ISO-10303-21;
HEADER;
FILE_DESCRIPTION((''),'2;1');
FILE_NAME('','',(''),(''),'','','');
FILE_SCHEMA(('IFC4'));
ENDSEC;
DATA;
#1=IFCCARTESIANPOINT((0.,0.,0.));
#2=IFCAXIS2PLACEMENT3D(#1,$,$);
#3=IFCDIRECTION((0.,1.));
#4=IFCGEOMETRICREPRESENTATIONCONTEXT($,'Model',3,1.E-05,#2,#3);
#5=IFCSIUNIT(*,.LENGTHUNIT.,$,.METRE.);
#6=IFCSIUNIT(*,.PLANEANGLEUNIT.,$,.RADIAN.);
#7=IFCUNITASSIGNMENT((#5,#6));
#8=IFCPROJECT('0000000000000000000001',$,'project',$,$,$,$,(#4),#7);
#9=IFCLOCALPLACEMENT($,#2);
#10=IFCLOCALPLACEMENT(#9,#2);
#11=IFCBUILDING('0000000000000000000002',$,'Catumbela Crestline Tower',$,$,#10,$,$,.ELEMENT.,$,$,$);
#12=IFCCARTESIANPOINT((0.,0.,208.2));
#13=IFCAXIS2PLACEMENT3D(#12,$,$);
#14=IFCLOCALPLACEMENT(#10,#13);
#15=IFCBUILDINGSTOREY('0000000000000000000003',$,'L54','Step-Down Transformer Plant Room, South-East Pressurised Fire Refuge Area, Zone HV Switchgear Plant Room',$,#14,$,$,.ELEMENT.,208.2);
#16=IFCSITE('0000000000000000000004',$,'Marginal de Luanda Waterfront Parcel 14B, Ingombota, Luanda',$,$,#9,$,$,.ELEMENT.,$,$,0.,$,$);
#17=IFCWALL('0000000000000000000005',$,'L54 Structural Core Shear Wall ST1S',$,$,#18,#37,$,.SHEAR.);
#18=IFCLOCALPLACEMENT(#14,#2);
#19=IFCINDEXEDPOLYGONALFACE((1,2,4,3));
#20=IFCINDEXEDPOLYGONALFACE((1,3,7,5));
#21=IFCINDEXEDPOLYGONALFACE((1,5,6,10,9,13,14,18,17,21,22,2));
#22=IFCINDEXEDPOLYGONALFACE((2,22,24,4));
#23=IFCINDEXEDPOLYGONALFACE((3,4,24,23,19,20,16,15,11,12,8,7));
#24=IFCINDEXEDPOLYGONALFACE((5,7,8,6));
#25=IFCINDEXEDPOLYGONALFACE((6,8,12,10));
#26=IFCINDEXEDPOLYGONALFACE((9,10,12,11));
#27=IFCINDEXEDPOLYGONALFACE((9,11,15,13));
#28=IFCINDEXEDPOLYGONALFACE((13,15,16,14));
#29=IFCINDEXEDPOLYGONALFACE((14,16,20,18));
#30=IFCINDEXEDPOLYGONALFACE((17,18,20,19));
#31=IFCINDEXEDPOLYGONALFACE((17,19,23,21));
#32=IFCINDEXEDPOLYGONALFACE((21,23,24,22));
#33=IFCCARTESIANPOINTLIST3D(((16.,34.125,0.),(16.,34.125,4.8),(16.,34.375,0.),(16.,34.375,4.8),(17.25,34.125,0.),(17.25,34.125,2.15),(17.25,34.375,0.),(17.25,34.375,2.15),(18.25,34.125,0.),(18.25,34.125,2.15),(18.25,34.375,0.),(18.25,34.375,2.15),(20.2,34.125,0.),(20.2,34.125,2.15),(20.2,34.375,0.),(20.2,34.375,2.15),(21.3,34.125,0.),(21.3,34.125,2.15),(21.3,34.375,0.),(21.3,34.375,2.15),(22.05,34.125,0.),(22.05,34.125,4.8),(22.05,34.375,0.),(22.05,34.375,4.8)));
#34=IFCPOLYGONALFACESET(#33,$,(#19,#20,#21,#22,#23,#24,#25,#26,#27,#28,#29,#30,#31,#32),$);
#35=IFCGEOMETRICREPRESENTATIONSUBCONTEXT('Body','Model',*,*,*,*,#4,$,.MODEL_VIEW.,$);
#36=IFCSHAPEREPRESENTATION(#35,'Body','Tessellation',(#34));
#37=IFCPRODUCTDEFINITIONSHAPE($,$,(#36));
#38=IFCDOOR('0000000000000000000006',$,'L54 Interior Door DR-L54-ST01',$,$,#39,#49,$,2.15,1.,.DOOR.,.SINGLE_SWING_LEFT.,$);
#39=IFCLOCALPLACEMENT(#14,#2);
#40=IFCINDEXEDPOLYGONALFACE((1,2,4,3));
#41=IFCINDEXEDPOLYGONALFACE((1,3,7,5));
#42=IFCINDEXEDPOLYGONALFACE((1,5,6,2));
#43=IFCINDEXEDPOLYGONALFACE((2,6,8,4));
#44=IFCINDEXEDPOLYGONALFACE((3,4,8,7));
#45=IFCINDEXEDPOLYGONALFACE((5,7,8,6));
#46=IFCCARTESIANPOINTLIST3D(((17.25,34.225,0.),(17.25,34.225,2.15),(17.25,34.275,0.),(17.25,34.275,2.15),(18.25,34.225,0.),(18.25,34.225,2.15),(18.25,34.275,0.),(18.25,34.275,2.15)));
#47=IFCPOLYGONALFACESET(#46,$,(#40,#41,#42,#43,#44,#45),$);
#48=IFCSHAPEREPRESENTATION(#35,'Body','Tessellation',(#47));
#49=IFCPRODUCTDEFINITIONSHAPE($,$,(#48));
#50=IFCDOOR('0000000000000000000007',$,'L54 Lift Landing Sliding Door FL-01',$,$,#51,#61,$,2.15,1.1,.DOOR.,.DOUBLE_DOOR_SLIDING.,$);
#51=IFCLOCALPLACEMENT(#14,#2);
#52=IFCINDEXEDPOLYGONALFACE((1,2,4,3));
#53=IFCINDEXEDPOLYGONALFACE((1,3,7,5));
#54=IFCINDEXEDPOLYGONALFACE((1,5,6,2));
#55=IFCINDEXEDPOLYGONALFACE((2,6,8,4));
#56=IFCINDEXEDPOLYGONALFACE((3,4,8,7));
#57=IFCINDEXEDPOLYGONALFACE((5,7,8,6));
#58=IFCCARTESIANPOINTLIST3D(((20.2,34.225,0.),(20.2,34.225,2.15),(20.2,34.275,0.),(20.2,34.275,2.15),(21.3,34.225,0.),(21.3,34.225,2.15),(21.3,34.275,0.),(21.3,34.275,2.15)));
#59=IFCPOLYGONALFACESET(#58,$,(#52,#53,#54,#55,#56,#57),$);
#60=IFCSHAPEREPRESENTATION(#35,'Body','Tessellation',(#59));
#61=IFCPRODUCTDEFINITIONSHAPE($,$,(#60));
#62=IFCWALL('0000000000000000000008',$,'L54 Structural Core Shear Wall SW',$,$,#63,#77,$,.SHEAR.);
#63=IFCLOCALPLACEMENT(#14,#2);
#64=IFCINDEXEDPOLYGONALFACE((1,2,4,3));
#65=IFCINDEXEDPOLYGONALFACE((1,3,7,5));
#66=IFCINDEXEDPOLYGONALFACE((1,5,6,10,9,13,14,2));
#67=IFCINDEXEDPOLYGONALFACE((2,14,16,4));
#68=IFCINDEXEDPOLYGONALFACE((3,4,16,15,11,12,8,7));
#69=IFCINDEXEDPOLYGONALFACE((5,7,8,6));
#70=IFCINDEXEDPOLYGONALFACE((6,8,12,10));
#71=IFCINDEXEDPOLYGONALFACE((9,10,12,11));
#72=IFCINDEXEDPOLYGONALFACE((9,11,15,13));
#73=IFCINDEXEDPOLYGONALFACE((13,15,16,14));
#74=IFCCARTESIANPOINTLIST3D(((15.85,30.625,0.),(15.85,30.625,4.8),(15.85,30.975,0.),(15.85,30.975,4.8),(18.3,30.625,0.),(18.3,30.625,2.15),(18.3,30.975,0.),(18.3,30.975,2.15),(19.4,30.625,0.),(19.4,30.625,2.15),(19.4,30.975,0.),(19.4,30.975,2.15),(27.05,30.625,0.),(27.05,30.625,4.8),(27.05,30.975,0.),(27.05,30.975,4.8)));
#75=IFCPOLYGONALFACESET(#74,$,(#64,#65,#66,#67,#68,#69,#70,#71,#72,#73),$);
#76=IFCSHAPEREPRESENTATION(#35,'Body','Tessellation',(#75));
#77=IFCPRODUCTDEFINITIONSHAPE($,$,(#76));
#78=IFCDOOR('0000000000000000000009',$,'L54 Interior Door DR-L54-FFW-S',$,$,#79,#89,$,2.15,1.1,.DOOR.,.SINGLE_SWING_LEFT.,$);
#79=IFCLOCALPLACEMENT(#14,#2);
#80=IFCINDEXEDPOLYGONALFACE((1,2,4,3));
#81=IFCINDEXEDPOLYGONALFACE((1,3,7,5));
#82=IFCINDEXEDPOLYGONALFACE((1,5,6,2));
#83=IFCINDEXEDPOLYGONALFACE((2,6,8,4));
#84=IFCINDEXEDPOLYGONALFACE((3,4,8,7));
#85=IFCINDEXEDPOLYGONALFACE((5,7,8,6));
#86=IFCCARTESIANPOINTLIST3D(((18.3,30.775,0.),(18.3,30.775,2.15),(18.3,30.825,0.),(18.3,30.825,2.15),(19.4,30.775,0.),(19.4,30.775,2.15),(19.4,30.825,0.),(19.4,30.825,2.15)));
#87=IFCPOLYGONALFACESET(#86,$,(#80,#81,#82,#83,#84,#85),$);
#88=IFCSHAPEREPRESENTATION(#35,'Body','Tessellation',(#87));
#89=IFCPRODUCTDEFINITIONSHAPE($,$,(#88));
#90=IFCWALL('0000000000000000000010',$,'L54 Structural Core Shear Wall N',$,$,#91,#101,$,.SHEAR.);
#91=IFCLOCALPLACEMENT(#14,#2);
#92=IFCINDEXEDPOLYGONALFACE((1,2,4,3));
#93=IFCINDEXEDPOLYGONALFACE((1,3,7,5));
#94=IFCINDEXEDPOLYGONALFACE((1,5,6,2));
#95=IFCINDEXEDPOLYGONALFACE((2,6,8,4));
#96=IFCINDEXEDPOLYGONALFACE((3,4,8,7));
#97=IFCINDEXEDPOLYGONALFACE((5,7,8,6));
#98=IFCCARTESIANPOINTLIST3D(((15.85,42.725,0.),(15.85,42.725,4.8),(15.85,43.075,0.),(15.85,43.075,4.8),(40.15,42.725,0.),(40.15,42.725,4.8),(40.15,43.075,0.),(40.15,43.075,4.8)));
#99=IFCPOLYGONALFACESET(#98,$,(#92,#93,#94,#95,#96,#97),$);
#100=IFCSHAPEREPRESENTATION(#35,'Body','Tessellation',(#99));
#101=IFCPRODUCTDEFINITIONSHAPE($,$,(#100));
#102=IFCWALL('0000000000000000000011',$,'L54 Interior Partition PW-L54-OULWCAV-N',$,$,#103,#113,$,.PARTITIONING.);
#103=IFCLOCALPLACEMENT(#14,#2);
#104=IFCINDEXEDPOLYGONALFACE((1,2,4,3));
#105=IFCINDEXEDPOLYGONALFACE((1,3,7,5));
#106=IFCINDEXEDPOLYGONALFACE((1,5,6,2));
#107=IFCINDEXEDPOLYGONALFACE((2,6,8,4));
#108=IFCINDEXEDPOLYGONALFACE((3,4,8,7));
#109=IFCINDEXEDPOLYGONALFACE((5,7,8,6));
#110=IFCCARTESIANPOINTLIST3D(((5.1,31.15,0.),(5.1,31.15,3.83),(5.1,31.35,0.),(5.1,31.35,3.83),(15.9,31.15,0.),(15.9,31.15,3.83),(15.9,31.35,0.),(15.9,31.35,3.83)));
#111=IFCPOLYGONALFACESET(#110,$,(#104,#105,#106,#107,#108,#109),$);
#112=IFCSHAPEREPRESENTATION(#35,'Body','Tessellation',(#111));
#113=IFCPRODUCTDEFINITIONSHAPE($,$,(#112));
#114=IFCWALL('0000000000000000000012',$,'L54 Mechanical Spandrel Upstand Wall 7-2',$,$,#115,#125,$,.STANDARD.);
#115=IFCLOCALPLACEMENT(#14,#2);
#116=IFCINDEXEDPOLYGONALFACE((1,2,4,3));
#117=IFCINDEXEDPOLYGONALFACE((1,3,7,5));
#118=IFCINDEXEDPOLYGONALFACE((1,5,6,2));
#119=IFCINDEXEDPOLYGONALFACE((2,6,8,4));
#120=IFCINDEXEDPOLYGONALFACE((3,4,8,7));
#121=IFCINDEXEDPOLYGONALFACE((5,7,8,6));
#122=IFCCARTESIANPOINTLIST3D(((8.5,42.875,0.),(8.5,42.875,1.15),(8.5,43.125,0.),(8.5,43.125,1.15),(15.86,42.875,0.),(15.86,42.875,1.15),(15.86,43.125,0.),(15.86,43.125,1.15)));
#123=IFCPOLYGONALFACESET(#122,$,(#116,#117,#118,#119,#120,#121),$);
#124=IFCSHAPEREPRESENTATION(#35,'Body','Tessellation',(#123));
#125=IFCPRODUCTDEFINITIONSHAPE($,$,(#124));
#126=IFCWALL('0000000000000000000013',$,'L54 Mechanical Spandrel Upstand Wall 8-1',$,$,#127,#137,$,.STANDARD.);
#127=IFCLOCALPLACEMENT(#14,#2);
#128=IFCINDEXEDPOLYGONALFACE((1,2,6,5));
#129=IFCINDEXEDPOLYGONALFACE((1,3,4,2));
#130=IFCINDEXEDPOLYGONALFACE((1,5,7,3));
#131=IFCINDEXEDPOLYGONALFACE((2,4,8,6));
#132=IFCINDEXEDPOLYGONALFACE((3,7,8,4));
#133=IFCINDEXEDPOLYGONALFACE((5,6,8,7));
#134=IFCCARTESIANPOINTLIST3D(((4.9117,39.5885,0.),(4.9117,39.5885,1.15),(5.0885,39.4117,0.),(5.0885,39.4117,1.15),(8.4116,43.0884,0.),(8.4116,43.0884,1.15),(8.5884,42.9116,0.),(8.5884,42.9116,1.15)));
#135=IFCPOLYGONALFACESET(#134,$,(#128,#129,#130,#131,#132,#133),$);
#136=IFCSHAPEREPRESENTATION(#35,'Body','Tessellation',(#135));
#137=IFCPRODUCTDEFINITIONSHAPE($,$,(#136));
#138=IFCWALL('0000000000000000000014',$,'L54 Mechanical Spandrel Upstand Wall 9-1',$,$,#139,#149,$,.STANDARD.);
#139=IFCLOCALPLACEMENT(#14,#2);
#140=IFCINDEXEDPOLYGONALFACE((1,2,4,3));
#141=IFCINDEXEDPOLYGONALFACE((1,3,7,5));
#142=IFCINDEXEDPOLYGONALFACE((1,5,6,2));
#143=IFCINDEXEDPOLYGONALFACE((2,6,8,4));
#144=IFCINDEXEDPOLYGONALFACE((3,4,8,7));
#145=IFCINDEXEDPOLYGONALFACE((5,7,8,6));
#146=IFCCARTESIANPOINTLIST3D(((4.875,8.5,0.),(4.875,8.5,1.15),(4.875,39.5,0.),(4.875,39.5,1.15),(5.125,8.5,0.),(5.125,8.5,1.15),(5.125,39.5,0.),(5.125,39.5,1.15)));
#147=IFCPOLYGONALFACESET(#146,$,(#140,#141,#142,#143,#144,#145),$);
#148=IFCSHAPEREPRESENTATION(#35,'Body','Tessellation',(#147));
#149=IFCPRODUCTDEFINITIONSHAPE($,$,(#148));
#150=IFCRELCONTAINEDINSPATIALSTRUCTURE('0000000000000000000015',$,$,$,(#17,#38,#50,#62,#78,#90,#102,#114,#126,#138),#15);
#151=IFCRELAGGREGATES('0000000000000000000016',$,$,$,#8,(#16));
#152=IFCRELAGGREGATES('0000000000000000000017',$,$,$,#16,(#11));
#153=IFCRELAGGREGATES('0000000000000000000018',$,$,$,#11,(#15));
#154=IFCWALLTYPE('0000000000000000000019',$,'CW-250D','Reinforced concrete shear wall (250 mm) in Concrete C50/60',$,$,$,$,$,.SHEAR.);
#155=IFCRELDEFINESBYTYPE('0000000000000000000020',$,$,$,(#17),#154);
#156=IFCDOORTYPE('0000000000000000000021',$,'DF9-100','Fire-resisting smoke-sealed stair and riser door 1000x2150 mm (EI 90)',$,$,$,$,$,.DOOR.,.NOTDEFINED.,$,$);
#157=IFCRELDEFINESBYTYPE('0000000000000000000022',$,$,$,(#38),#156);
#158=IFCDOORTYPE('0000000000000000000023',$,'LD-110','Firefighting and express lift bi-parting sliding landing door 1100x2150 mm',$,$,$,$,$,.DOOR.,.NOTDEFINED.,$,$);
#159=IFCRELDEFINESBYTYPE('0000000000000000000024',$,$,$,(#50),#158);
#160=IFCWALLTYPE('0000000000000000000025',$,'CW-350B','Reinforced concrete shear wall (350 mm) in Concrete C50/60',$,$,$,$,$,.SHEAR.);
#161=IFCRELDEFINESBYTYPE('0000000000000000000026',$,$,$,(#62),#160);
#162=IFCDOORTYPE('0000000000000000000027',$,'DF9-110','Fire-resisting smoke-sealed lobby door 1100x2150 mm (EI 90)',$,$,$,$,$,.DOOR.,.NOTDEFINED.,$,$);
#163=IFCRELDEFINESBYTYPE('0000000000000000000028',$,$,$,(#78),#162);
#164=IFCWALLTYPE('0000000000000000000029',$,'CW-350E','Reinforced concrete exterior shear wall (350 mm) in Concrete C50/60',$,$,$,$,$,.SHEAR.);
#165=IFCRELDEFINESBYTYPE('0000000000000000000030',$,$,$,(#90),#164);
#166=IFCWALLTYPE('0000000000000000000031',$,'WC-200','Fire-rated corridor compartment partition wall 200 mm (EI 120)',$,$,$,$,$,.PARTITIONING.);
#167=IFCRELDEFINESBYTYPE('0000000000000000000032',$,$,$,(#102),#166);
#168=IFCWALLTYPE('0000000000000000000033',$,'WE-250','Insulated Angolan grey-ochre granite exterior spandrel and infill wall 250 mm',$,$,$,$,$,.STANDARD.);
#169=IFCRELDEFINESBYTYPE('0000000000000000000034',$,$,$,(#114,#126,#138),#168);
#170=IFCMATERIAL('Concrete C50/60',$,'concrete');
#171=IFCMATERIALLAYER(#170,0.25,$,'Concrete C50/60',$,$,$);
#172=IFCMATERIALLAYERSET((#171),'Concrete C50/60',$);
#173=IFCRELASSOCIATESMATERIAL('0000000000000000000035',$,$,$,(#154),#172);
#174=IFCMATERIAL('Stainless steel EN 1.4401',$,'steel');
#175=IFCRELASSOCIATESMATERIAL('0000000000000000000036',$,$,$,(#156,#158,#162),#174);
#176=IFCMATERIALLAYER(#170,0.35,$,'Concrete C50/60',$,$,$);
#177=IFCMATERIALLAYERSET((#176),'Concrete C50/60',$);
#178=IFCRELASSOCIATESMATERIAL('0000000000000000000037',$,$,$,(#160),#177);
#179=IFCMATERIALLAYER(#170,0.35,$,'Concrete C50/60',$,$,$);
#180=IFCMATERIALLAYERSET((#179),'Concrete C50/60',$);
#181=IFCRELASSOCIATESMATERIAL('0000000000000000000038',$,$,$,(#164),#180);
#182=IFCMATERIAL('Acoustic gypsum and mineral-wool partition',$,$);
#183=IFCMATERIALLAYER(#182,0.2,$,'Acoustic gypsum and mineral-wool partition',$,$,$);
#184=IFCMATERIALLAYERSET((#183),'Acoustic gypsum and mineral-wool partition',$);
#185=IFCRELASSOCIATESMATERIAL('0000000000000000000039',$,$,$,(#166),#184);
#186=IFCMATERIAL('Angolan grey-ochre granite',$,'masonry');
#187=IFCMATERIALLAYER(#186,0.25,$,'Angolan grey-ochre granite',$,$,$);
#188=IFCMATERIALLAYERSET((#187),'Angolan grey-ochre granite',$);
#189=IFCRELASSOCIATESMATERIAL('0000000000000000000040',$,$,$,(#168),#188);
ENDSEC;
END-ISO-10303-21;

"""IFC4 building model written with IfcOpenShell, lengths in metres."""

from ifc_helpers import new_model, si_unit, direction, frame, frame_2d, origin, place, context, subcontext, project, spatial, rectangle, extrude, material, layer, layer_set, type_object, element, fill, save


model = new_model("IFC4")

# Units and contexts
model_context = context("Model", 3, precision=1e-05, world=origin(), true_north=direction((0.0, 1.0)))
body_context = subcontext(model_context, "Body", "Model", "MODEL_VIEW")
ifc_project = project(units=[si_unit("LENGTHUNIT", "METRE"), si_unit("PLANEANGLEUNIT", "RADIAN")], contexts=[model_context])

# Site, building, storey
site_placement = place(None, origin())
site = spatial("IfcSite", under=ifc_project, at=site_placement, Name="Marginal de Luanda Waterfront Parcel 14B, Ingombota, Luanda", CompositionType="ELEMENT", RefElevation=0.0)
building_placement = place(site_placement, origin())
building = spatial("IfcBuilding", under=site, at=building_placement, Name="Catumbela Crestline Tower", CompositionType="ELEMENT")
storey_placement = place(building_placement, frame((0.0, 0.0, 208.2)))
storey = spatial("IfcBuildingStorey", under=building, at=storey_placement, Name="L54", Description="Step-Down Transformer Plant Room, South-East Pressurised Fire Refuge Area, Zone HV Switchgear Plant Room", CompositionType="ELEMENT", Elevation=208.2)

# Wall, openings, doors
ifc_material_1 = material(Name="Concrete C50/60", Category="concrete")
ifc_layer_1 = layer(ifc_material_1, 0.25, Name="Concrete C50/60")
ifc_layer_set_1 = layer_set([ifc_layer_1], Name="Concrete C50/60")
wall_type_1 = type_object("IfcWallType", Name="CW-250D", Description="Reinforced concrete shear wall (250 mm) in Concrete C50/60", PredefinedType="SHEAR", material=ifc_layer_set_1)
wall_1_placement = place(storey_placement, frame((16.0, 34.25, 0.0), z_axis=(0.0, 0.0, 1.0), x_axis=(1.0, 0.0, 0.0)))
wall_1 = element("IfcWall", 1, at=wall_1_placement, inside=storey, type_object=wall_type_1, Name="L54 Structural Core Shear Wall ST1S", PredefinedType="SHEAR", context=body_context, shape_type="SweptSolid", body=[
    extrude(rectangle(XDim=6.05, YDim=0.25, at=frame_2d((3.025, 0.0))), origin(), (0.0, 0.0, 1.0), 4.8),
])
opening_1_placement = place(wall_1_placement, frame((1.25, 0.0, 0.0)))
opening_1 = element("IfcOpeningElement", 2, at=opening_1_placement, cuts=wall_1, PredefinedType="OPENING", context=body_context, shape_type="SweptSolid", body=[
    extrude(rectangle(XDim=1.0, YDim=2.15, at=frame_2d((0.5, 1.075))), frame((0.0, 0.135, 0.0), z_axis=(0.0, -1.0, 0.0), x_axis=(1.0, 0.0, 0.0)), (0.0, 0.0, 1.0), 0.27),
])
opening_2_placement = place(wall_1_placement, frame((4.2, 0.0, 0.0)))
opening_2 = element("IfcOpeningElement", 3, at=opening_2_placement, cuts=wall_1, PredefinedType="OPENING", context=body_context, shape_type="SweptSolid", body=[
    extrude(rectangle(XDim=1.1, YDim=2.15, at=frame_2d((0.55, 1.075))), frame((0.0, 0.135, 0.0), z_axis=(0.0, -1.0, 0.0), x_axis=(1.0, 0.0, 0.0)), (0.0, 0.0, 1.0), 0.27),
])
ifc_material_2 = material(Name="Stainless steel EN 1.4401", Category="steel")
door_type_1 = type_object("IfcDoorType", Name="DF9-100", Description="Fire-resisting smoke-sealed stair and riser door 1000x2150 mm (EI 90)", OperationType="NOTDEFINED", PredefinedType="DOOR", material=ifc_material_2)
door_1_placement = place(opening_1_placement, origin())
door_1 = element("IfcDoor", 4, at=door_1_placement, inside=storey, type_object=door_type_1, Name="L54 Interior Door DR-L54-ST01", OperationType="SINGLE_SWING_LEFT", OverallHeight=2.15, OverallWidth=1.0, PredefinedType="DOOR", context=body_context, shape_type="SweptSolid", body=[
    extrude(rectangle(XDim=1.0, YDim=2.15, at=frame_2d((0.5, 1.075))), frame((0.0, 0.025, 0.0), z_axis=(0.0, -1.0, 0.0), x_axis=(1.0, 0.0, 0.0)), (0.0, 0.0, 1.0), 0.05),
])
fill(opening_1, door_1)
door_type_2 = type_object("IfcDoorType", Name="LD-110", Description="Firefighting and express lift bi-parting sliding landing door 1100x2150 mm", OperationType="NOTDEFINED", PredefinedType="DOOR", material=ifc_material_2)
door_2_placement = place(opening_2_placement, origin())
door_2 = element("IfcDoor", 5, at=door_2_placement, inside=storey, type_object=door_type_2, Name="L54 Lift Landing Sliding Door FL-01", OperationType="DOUBLE_DOOR_SLIDING", OverallHeight=2.15, OverallWidth=1.1, PredefinedType="DOOR", context=body_context, shape_type="SweptSolid", body=[
    extrude(rectangle(XDim=1.1, YDim=2.15, at=frame_2d((0.55, 1.075))), frame((0.0, 0.025, 0.0), z_axis=(0.0, -1.0, 0.0), x_axis=(1.0, 0.0, 0.0)), (0.0, 0.0, 1.0), 0.05),
])
fill(opening_2, door_2)

# Wall, opening, door
ifc_layer_2 = layer(ifc_material_1, 0.35, Name="Concrete C50/60")
ifc_layer_set_2 = layer_set([ifc_layer_2], Name="Concrete C50/60")
wall_type_2 = type_object("IfcWallType", Name="CW-350B", Description="Reinforced concrete shear wall (350 mm) in Concrete C50/60", PredefinedType="SHEAR", material=ifc_layer_set_2)
wall_2_placement = place(storey_placement, frame((15.85, 30.8, 0.0), z_axis=(0.0, 0.0, 1.0), x_axis=(1.0, 0.0, 0.0)))
wall_2 = element("IfcWall", 6, at=wall_2_placement, inside=storey, type_object=wall_type_2, Name="L54 Structural Core Shear Wall SW", PredefinedType="SHEAR", context=body_context, shape_type="SweptSolid", body=[
    extrude(rectangle(XDim=11.2, YDim=0.35, at=frame_2d((5.6, 0.0))), origin(), (0.0, 0.0, 1.0), 4.8),
])
opening_3_placement = place(wall_2_placement, frame((2.45, 0.0, 0.0)))
opening_3 = element("IfcOpeningElement", 7, at=opening_3_placement, cuts=wall_2, PredefinedType="OPENING", context=body_context, shape_type="SweptSolid", body=[
    extrude(rectangle(XDim=1.1, YDim=2.15, at=frame_2d((0.55, 1.075))), frame((0.0, 0.185, 0.0), z_axis=(0.0, -1.0, 0.0), x_axis=(1.0, 0.0, 0.0)), (0.0, 0.0, 1.0), 0.37),
])
door_type_3 = type_object("IfcDoorType", Name="DF9-110", Description="Fire-resisting smoke-sealed lobby door 1100x2150 mm (EI 90)", OperationType="NOTDEFINED", PredefinedType="DOOR", material=ifc_material_2)
door_3_placement = place(opening_3_placement, origin())
door_3 = element("IfcDoor", 8, at=door_3_placement, inside=storey, type_object=door_type_3, Name="L54 Interior Door DR-L54-FFW-S", OperationType="SINGLE_SWING_LEFT", OverallHeight=2.15, OverallWidth=1.1, PredefinedType="DOOR", context=body_context, shape_type="SweptSolid", body=[
    extrude(rectangle(XDim=1.1, YDim=2.15, at=frame_2d((0.55, 1.075))), frame((0.0, 0.025, 0.0), z_axis=(0.0, -1.0, 0.0), x_axis=(1.0, 0.0, 0.0)), (0.0, 0.0, 1.0), 0.05),
])
fill(opening_3, door_3)

# Walls
ifc_layer_3 = layer(ifc_material_1, 0.35, Name="Concrete C50/60")
ifc_layer_set_3 = layer_set([ifc_layer_3], Name="Concrete C50/60")
wall_type_3 = type_object("IfcWallType", Name="CW-350E", Description="Reinforced concrete exterior shear wall (350 mm) in Concrete C50/60", PredefinedType="SHEAR", material=ifc_layer_set_3)
wall_3_placement = place(storey_placement, frame((15.85, 42.9, 0.0), z_axis=(0.0, 0.0, 1.0), x_axis=(1.0, 0.0, 0.0)))
element("IfcWall", 9, at=wall_3_placement, inside=storey, type_object=wall_type_3, Name="L54 Structural Core Shear Wall N", PredefinedType="SHEAR", context=body_context, shape_type="SweptSolid", body=[
    extrude(rectangle(XDim=24.3, YDim=0.35, at=frame_2d((12.15, 0.0))), origin(), (0.0, 0.0, 1.0), 4.8),
])
ifc_material_3 = material(Name="Acoustic gypsum and mineral-wool partition")
ifc_layer_4 = layer(ifc_material_3, 0.2, Name="Acoustic gypsum and mineral-wool partition")
ifc_layer_set_4 = layer_set([ifc_layer_4], Name="Acoustic gypsum and mineral-wool partition")
wall_type_4 = type_object("IfcWallType", Name="WC-200", Description="Fire-rated corridor compartment partition wall 200 mm (EI 120)", PredefinedType="PARTITIONING", material=ifc_layer_set_4)
wall_4_placement = place(storey_placement, frame((5.1, 31.25, 0.0), z_axis=(0.0, 0.0, 1.0), x_axis=(1.0, 0.0, 0.0)))
element("IfcWall", 10, at=wall_4_placement, inside=storey, type_object=wall_type_4, Name="L54 Interior Partition PW-L54-OULWCAV-N", PredefinedType="PARTITIONING", context=body_context, shape_type="SweptSolid", body=[
    extrude(rectangle(XDim=10.8, YDim=0.2, at=frame_2d((5.4, 0.0))), origin(), (0.0, 0.0, 1.0), 3.83),
])
ifc_material_4 = material(Name="Angolan grey-ochre granite", Category="masonry")
ifc_layer_5 = layer(ifc_material_4, 0.25, Name="Angolan grey-ochre granite")
ifc_layer_set_5 = layer_set([ifc_layer_5], Name="Angolan grey-ochre granite")
wall_type_5 = type_object("IfcWallType", Name="WE-250", Description="Insulated Angolan grey-ochre granite exterior spandrel and infill wall 250 mm", PredefinedType="STANDARD", material=ifc_layer_set_5)
wall_5_placement = place(storey_placement, frame((15.86, 43.0, 0.0), z_axis=(0.0, 0.0, 1.0), x_axis=(-1.0, 0.0, 0.0)))
element("IfcWall", 11, at=wall_5_placement, inside=storey, type_object=wall_type_5, Name="L54 Mechanical Spandrel Upstand Wall 7-2", PredefinedType="STANDARD", context=body_context, shape_type="SweptSolid", body=[
    extrude(rectangle(XDim=7.36, YDim=0.25, at=frame_2d((3.68, 0.0))), origin(), (0.0, 0.0, 1.0), 1.15),
])
wall_6_placement = place(storey_placement, frame((8.5, 43.0, 0.0), z_axis=(0.0, 0.0, 1.0), x_axis=(-0.707107, -0.707107, 0.0)))
element("IfcWall", 12, at=wall_6_placement, inside=storey, type_object=wall_type_5, Name="L54 Mechanical Spandrel Upstand Wall 8-1", PredefinedType="STANDARD", context=body_context, shape_type="SweptSolid", body=[
    extrude(rectangle(XDim=4.9497, YDim=0.25, at=frame_2d((2.4748, 0.0))), origin(), (0.0, 0.0, 1.0), 1.15),
])
wall_7_placement = place(storey_placement, frame((5.0, 39.5, 0.0), z_axis=(0.0, 0.0, 1.0), x_axis=(0.0, -1.0, 0.0)))
element("IfcWall", 13, at=wall_7_placement, inside=storey, type_object=wall_type_5, Name="L54 Mechanical Spandrel Upstand Wall 9-1", PredefinedType="STANDARD", context=body_context, shape_type="SweptSolid", body=[
    extrude(rectangle(XDim=31.0, YDim=0.25, at=frame_2d((15.5, 0.0))), origin(), (0.0, 0.0, 1.0), 1.15),
])

save(model, "model.ifc")
